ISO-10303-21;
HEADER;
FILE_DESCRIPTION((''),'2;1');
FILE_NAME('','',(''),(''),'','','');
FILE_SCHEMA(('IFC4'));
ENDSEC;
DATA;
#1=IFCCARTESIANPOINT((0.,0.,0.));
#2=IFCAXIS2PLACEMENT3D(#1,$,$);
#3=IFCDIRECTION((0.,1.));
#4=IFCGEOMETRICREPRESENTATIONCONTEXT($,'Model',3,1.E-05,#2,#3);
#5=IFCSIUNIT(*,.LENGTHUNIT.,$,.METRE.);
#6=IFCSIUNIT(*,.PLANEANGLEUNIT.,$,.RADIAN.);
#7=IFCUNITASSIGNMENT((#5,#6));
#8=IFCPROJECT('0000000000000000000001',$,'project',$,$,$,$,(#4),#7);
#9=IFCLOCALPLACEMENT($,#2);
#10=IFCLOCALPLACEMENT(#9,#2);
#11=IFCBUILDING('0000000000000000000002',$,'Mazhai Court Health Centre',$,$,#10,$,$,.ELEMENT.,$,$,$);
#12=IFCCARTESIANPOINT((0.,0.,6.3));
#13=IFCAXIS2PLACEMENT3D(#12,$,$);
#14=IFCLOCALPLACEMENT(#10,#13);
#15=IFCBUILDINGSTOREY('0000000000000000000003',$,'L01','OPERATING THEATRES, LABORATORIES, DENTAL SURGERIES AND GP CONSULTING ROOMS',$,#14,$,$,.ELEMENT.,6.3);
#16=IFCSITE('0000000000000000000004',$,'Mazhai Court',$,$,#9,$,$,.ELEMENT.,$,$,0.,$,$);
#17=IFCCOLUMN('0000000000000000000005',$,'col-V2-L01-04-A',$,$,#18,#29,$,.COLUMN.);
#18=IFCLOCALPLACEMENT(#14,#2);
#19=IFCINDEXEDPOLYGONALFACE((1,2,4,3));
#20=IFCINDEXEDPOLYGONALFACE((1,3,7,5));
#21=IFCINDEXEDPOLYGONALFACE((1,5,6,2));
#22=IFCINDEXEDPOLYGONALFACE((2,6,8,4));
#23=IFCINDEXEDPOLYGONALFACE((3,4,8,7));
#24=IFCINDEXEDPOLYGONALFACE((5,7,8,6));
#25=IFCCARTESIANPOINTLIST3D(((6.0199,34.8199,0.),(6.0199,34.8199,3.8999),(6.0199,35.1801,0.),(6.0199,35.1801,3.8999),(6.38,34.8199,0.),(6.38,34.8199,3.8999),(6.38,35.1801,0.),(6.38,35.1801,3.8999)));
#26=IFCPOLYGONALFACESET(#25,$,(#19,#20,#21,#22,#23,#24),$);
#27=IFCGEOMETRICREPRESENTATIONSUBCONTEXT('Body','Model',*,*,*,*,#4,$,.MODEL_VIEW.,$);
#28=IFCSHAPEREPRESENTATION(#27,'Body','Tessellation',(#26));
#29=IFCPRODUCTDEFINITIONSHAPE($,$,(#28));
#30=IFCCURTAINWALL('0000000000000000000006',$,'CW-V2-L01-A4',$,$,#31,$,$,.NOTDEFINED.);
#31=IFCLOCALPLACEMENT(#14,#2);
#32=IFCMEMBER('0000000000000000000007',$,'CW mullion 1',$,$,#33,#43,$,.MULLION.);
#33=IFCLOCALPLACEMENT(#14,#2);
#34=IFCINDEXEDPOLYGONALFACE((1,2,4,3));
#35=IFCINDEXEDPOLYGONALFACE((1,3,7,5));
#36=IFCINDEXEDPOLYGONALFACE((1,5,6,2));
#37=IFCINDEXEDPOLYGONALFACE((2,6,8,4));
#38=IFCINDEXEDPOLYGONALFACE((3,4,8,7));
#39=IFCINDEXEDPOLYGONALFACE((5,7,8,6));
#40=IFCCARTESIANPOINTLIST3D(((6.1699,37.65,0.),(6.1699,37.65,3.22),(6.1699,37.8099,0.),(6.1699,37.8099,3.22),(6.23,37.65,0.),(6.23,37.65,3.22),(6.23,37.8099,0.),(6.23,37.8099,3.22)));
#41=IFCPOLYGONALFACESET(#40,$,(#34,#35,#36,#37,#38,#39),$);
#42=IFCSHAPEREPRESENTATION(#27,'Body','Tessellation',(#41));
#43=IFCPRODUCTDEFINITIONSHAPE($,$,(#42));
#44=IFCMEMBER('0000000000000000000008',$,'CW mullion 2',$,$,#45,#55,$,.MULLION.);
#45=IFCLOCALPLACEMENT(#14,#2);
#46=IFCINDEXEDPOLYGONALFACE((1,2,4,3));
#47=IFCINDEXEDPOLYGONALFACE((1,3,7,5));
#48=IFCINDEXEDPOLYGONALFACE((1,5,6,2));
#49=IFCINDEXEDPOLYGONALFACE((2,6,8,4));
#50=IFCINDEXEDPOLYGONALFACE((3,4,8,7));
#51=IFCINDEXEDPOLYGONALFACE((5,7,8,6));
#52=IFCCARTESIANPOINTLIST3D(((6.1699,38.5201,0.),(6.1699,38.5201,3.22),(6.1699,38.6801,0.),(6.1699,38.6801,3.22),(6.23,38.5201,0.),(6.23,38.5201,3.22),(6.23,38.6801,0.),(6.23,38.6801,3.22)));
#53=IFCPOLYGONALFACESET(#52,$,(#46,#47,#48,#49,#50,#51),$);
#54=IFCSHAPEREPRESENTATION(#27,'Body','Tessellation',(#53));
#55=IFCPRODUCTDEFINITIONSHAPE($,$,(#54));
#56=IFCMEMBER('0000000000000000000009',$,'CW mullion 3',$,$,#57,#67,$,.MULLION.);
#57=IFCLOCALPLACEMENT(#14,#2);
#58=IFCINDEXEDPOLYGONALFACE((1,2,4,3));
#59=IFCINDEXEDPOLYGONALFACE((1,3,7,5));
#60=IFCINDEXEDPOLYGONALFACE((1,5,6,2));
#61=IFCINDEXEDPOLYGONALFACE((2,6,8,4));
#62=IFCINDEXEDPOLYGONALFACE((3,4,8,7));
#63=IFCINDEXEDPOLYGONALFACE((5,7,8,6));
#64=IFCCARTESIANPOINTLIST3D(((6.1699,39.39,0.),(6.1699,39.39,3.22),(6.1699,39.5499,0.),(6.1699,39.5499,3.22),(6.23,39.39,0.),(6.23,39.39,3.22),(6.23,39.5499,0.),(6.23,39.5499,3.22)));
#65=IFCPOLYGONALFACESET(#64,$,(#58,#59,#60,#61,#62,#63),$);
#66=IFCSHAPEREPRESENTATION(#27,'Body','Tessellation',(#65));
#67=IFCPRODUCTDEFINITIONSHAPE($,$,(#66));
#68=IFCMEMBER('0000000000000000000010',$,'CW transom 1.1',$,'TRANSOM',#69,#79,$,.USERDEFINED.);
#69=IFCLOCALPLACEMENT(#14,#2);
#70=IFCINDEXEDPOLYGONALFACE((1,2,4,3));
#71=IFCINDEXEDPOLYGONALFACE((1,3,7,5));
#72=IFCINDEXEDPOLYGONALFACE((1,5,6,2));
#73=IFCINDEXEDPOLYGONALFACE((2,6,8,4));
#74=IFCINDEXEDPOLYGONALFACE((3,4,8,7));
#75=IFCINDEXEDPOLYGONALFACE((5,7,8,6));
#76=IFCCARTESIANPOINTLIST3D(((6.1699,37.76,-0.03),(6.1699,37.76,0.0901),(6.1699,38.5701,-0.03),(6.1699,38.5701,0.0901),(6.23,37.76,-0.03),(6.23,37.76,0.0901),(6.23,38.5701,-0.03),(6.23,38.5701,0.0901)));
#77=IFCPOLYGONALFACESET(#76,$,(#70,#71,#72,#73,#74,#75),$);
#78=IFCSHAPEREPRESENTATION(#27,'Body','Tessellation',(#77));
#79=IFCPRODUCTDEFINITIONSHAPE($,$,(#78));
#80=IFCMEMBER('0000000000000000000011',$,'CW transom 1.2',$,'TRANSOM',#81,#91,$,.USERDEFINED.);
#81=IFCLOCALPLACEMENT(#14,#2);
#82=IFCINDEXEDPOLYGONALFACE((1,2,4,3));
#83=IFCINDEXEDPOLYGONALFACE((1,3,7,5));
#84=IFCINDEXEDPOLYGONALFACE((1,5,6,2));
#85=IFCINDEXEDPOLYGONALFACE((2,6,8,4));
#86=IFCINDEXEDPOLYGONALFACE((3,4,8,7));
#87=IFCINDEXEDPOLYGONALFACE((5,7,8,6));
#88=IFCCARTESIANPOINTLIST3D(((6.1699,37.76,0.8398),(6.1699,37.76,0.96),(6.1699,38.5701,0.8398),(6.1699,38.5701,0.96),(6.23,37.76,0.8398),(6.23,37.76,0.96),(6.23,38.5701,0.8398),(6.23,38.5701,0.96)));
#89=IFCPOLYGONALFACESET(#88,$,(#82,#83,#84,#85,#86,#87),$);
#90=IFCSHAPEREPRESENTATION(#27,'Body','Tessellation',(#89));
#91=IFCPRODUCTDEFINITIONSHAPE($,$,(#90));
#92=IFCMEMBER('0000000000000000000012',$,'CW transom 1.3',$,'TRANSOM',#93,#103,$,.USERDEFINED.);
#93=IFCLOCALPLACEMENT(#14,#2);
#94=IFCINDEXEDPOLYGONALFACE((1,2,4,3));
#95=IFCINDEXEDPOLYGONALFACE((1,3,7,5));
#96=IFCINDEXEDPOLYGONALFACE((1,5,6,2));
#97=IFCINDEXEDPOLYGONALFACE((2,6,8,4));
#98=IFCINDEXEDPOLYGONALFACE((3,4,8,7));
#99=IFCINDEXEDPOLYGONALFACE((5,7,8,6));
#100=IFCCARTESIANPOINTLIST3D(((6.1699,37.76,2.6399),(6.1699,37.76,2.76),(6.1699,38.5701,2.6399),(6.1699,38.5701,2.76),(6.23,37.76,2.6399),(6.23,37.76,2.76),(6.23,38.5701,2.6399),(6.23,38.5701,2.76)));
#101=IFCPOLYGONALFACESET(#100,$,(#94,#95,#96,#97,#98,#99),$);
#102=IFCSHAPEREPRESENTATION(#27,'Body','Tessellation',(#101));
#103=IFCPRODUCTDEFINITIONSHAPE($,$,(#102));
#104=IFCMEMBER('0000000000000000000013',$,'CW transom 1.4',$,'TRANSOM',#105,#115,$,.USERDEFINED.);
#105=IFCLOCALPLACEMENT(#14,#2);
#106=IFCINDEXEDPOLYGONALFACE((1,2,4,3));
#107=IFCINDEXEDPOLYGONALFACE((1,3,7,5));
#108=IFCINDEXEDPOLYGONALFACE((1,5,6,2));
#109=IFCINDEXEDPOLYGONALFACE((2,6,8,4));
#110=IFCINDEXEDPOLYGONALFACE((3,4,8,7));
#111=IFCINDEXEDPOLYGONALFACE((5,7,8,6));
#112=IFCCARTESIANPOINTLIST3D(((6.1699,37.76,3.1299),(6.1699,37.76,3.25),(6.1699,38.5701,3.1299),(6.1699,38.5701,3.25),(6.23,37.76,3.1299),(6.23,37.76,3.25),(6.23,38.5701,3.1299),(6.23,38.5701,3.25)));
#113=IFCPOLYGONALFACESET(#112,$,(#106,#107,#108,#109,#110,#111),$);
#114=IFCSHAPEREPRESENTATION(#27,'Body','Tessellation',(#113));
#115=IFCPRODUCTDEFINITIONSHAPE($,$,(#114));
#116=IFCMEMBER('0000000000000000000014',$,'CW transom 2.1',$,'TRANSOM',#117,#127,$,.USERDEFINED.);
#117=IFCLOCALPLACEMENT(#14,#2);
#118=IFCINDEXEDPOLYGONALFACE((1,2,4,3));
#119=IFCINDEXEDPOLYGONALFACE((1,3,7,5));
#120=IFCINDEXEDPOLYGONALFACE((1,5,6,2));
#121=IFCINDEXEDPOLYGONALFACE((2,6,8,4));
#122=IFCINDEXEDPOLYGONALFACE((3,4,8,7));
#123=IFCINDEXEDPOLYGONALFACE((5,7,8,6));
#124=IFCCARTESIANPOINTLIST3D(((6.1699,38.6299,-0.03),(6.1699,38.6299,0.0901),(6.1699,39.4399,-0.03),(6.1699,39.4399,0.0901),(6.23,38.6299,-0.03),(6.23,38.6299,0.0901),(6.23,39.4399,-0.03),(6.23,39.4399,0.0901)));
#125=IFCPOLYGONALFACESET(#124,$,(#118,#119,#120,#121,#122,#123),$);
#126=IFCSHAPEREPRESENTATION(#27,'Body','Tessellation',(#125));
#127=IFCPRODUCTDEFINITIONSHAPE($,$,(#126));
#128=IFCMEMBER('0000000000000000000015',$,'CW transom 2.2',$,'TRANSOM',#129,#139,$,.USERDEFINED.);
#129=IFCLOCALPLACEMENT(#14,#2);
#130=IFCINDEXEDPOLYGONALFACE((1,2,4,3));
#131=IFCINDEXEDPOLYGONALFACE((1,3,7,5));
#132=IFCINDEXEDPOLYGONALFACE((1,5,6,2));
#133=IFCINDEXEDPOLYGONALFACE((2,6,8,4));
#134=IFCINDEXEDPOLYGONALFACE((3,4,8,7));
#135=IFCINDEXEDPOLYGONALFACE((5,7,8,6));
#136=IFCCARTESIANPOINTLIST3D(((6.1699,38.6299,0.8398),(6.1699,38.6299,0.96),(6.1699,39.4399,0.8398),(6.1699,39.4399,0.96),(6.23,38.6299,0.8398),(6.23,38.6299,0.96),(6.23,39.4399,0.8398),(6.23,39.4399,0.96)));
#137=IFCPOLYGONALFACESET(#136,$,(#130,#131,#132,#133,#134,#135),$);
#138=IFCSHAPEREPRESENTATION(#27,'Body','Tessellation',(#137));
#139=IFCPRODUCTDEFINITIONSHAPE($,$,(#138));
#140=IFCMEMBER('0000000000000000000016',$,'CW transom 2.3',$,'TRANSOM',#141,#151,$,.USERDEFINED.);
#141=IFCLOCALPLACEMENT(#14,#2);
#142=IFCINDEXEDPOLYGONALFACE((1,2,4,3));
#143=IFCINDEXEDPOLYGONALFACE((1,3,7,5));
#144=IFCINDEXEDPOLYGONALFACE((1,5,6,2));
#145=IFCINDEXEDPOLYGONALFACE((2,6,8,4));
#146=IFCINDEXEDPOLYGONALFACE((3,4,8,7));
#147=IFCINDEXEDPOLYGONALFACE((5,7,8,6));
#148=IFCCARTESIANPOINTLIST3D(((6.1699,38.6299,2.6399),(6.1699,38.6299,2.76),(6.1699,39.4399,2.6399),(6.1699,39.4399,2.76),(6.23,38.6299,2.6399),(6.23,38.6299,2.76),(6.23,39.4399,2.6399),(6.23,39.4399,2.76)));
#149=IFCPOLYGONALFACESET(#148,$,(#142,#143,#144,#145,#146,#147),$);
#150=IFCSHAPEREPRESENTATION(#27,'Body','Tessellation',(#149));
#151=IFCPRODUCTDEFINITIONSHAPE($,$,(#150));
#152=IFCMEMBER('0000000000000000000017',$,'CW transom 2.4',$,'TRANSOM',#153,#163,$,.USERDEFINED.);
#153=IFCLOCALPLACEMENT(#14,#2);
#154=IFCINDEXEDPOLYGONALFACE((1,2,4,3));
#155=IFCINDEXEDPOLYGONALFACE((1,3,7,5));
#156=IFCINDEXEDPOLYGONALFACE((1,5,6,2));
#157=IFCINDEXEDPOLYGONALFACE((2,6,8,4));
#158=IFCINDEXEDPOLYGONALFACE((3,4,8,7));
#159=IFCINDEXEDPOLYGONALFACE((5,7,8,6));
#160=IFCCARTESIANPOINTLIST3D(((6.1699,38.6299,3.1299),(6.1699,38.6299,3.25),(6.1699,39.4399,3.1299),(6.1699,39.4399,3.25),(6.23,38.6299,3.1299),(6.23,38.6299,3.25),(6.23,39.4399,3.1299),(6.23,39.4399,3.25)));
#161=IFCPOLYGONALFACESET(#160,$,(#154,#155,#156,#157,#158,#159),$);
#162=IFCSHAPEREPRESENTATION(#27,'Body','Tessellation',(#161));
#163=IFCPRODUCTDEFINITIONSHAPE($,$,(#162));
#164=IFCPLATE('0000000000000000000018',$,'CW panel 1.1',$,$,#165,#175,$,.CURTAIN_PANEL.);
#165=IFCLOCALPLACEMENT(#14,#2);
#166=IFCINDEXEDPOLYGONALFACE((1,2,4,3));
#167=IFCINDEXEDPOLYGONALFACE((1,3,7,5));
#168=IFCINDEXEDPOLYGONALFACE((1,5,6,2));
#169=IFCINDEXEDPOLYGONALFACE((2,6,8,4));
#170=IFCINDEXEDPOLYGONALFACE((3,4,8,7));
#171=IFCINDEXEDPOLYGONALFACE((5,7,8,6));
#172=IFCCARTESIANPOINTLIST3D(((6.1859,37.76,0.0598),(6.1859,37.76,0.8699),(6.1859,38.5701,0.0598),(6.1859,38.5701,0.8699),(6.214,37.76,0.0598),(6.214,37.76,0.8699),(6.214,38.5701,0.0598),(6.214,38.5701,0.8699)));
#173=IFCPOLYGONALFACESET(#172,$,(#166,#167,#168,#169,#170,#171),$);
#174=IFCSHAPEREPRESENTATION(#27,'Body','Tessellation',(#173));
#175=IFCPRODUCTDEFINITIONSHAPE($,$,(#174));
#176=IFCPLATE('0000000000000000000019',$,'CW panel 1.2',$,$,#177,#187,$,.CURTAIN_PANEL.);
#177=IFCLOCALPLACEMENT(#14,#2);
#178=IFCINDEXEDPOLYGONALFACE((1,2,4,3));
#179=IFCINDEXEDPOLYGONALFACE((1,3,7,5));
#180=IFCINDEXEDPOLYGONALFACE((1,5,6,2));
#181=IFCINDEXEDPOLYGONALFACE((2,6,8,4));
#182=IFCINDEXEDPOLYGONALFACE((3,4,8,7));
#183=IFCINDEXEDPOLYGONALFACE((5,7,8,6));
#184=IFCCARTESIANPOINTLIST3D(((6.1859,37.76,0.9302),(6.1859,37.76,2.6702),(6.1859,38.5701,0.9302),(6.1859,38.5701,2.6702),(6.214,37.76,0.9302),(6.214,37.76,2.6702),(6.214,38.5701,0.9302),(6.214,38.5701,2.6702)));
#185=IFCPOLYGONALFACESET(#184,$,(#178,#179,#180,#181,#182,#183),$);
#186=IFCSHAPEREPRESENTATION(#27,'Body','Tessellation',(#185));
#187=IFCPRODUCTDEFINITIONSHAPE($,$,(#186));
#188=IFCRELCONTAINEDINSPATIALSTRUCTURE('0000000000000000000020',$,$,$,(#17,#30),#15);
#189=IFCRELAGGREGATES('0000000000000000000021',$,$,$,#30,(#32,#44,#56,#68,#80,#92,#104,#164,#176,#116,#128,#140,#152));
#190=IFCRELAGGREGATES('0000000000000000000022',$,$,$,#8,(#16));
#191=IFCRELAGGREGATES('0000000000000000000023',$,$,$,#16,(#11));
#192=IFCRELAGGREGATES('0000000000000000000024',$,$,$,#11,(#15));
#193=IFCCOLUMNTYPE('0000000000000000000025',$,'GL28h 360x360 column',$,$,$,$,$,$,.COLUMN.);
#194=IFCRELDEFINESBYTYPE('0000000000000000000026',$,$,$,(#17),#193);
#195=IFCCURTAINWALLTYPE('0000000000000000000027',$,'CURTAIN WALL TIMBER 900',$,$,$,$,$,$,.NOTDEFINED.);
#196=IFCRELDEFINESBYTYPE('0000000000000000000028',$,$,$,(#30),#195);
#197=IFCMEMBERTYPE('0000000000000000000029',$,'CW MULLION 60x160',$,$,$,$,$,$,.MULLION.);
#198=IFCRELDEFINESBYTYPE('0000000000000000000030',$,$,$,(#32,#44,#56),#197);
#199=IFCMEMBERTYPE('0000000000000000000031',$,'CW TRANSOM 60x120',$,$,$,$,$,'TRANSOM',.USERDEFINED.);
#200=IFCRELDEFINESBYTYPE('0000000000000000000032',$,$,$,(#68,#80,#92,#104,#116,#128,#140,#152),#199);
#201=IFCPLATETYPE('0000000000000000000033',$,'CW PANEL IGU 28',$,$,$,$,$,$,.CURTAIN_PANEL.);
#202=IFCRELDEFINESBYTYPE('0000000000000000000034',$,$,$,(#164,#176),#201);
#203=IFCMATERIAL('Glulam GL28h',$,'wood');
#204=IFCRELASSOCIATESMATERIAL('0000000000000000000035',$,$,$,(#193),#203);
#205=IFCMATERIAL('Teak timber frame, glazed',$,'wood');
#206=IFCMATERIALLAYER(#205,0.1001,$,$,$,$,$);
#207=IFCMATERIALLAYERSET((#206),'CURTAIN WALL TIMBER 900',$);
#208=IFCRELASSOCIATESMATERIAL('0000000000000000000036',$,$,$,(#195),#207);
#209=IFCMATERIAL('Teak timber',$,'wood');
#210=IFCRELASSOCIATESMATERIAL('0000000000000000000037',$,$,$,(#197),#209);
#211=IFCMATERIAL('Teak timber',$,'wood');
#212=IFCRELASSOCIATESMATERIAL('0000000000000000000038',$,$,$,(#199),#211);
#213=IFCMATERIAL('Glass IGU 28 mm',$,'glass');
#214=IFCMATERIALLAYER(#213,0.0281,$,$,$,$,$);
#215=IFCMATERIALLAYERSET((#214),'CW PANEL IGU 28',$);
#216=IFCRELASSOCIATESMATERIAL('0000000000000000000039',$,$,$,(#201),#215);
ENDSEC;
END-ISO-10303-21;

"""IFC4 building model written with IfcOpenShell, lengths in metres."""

from ifc_helpers import new_model, si_unit, direction, frame, origin, origin_2d, place, context, subcontext, project, spatial, rectangle, extrude, material, layer, layer_set, material_profile, profile_set, type_object, element, aggregate, save


model = new_model("IFC4")

# Units and contexts
model_context = context("Model", 3, precision=1e-05, world=origin(), true_north=direction((0.0, 1.0)))
body_context = subcontext(model_context, "Body", "Model", "MODEL_VIEW")
ifc_project = project(units=[si_unit("LENGTHUNIT", "METRE"), si_unit("PLANEANGLEUNIT", "RADIAN")], contexts=[model_context])

# Site, building, storey
site_placement = place(None, origin())
site = spatial("IfcSite", under=ifc_project, at=site_placement, Name="Mazhai Court", CompositionType="ELEMENT", RefElevation=0.0)
building_placement = place(site_placement, origin())
building = spatial("IfcBuilding", under=site, at=building_placement, Name="Mazhai Court Health Centre", CompositionType="ELEMENT")
storey_placement = place(building_placement, frame((0.0, 0.0, 6.3)))
storey = spatial("IfcBuildingStorey", under=building, at=storey_placement, Name="L01", Description="OPERATING THEATRES, LABORATORIES, DENTAL SURGERIES AND GP CONSULTING ROOMS", CompositionType="ELEMENT", Elevation=6.3)

# Column
ifc_material_1 = material(Name="Glulam GL28h", Category="wood")
ifc_material_profile_1 = material_profile(ifc_material_1, rectangle(XDim=0.3601, YDim=0.3601, at=origin_2d()), Name="GL28h 360x360")
ifc_profile_set_1 = profile_set([ifc_material_profile_1], Name="Glulam GL28h")
column_type = type_object("IfcColumnType", Name="GL28h 360x360 column", PredefinedType="COLUMN", material=ifc_profile_set_1)
column_placement = place(storey_placement, frame((6.2, 35.0, 0.0), z_axis=(0.0, 0.0, 1.0), x_axis=(1.0, 0.0, 0.0)))
element("IfcColumn", 1, at=column_placement, inside=storey, type_object=column_type, Name="col-V2-L01-04-A", PredefinedType="COLUMN", context=body_context, shape_type="SweptSolid", body=[
    extrude(rectangle(XDim=0.3601, YDim=0.3601, at=origin_2d()), origin(), (0.0, 0.0, 1.0), 3.8999),
])

# Curtain wall, members, plates
ifc_material_2 = material(Name="Teak timber frame, glazed", Category="wood")
ifc_layer_1 = layer(ifc_material_2, 0.1001)
ifc_layer_set_1 = layer_set([ifc_layer_1], Name="CURTAIN WALL TIMBER 900")
curtain_wall_type = type_object("IfcCurtainWallType", Name="CURTAIN WALL TIMBER 900", PredefinedType="NOTDEFINED", material=ifc_layer_set_1)
curtain_wall_placement = place(storey_placement, origin())
curtain_wall = element("IfcCurtainWall", 2, at=curtain_wall_placement, inside=storey, type_object=curtain_wall_type, Name="CW-V2-L01-A4", PredefinedType="NOTDEFINED")
ifc_material_3 = material(Name="Teak timber", Category="wood")
ifc_material_profile_2 = material_profile(ifc_material_3, rectangle(XDim=0.0601, YDim=0.1599, at=origin_2d()), Name="CW MULLION 60x160")
ifc_profile_set_2 = profile_set([ifc_material_profile_2], Name="Teak timber")
member_type_1 = type_object("IfcMemberType", Name="CW MULLION 60x160", PredefinedType="MULLION", material=ifc_profile_set_2)
member_1_placement = place(storey_placement, frame((6.2, 37.73, 0.0), z_axis=(0.0, 0.0, 1.0), x_axis=(-1.0, 0.0, 0.0)))
member_1 = element("IfcMember", 3, at=member_1_placement, type_object=member_type_1, Name="CW mullion 1", PredefinedType="MULLION", context=body_context, shape_type="SweptSolid", body=[
    extrude(rectangle(XDim=0.0601, YDim=0.1599, at=origin_2d()), origin(), (0.0, 0.0, 1.0), 3.22),
])
member_2_placement = place(storey_placement, frame((6.2, 38.6001, 0.0), z_axis=(0.0, 0.0, 1.0), x_axis=(-1.0, 0.0, 0.0)))
member_2 = element("IfcMember", 4, at=member_2_placement, type_object=member_type_1, Name="CW mullion 2", PredefinedType="MULLION", context=body_context, shape_type="SweptSolid", body=[
    extrude(rectangle(XDim=0.0601, YDim=0.1599, at=origin_2d()), origin(), (0.0, 0.0, 1.0), 3.22),
])
member_3_placement = place(storey_placement, frame((6.2, 39.47, 0.0), z_axis=(0.0, 0.0, 1.0), x_axis=(-1.0, 0.0, 0.0)))
member_3 = element("IfcMember", 5, at=member_3_placement, type_object=member_type_1, Name="CW mullion 3", PredefinedType="MULLION", context=body_context, shape_type="SweptSolid", body=[
    extrude(rectangle(XDim=0.0601, YDim=0.1599, at=origin_2d()), origin(), (0.0, 0.0, 1.0), 3.22),
])
ifc_material_4 = material(Name="Teak timber", Category="wood")
ifc_material_profile_3 = material_profile(ifc_material_4, rectangle(XDim=0.0601, YDim=0.1201, at=origin_2d()), Name="CW TRANSOM 60x120")
ifc_profile_set_3 = profile_set([ifc_material_profile_3], Name="Teak timber")
member_type_2 = type_object("IfcMemberType", Name="CW TRANSOM 60x120", ElementType="TRANSOM", PredefinedType="USERDEFINED", material=ifc_profile_set_3)
member_4_placement = place(storey_placement, frame((6.2, 37.76, 0.03), z_axis=(0.0, 1.0, 0.0), x_axis=(-1.0, 0.0, 0.0)))
member_4 = element("IfcMember", 6, at=member_4_placement, type_object=member_type_2, Name="CW transom 1.1", ObjectType="TRANSOM", PredefinedType="USERDEFINED", context=body_context, shape_type="SweptSolid", body=[
    extrude(rectangle(XDim=0.0601, YDim=0.1201, at=origin_2d()), origin(), (0.0, 0.0, 1.0), 0.8101),
])
member_5_placement = place(storey_placement, frame((6.2, 37.76, 0.8999), z_axis=(0.0, 1.0, 0.0), x_axis=(-1.0, 0.0, 0.0)))
member_5 = element("IfcMember", 7, at=member_5_placement, type_object=member_type_2, Name="CW transom 1.2", ObjectType="TRANSOM", PredefinedType="USERDEFINED", context=body_context, shape_type="SweptSolid", body=[
    extrude(rectangle(XDim=0.0601, YDim=0.1201, at=origin_2d()), origin(), (0.0, 0.0, 1.0), 0.8101),
])
member_6_placement = place(storey_placement, frame((6.2, 37.76, 2.7), z_axis=(0.0, 1.0, 0.0), x_axis=(-1.0, 0.0, 0.0)))
member_6 = element("IfcMember", 8, at=member_6_placement, type_object=member_type_2, Name="CW transom 1.3", ObjectType="TRANSOM", PredefinedType="USERDEFINED", context=body_context, shape_type="SweptSolid", body=[
    extrude(rectangle(XDim=0.0601, YDim=0.1201, at=origin_2d()), origin(), (0.0, 0.0, 1.0), 0.8101),
])
member_7_placement = place(storey_placement, frame((6.2, 37.76, 3.1899), z_axis=(0.0, 1.0, 0.0), x_axis=(-1.0, 0.0, 0.0)))
member_7 = element("IfcMember", 9, at=member_7_placement, type_object=member_type_2, Name="CW transom 1.4", ObjectType="TRANSOM", PredefinedType="USERDEFINED", context=body_context, shape_type="SweptSolid", body=[
    extrude(rectangle(XDim=0.0601, YDim=0.1201, at=origin_2d()), origin(), (0.0, 0.0, 1.0), 0.8101),
])
member_8_placement = place(storey_placement, frame((6.2, 38.6299, 0.03), z_axis=(0.0, 1.0, 0.0), x_axis=(-1.0, 0.0, 0.0)))
member_8 = element("IfcMember", 10, at=member_8_placement, type_object=member_type_2, Name="CW transom 2.1", ObjectType="TRANSOM", PredefinedType="USERDEFINED", context=body_context, shape_type="SweptSolid", body=[
    extrude(rectangle(XDim=0.0601, YDim=0.1201, at=origin_2d()), origin(), (0.0, 0.0, 1.0), 0.8101),
])
member_9_placement = place(storey_placement, frame((6.2, 38.6299, 0.8999), z_axis=(0.0, 1.0, 0.0), x_axis=(-1.0, 0.0, 0.0)))
member_9 = element("IfcMember", 11, at=member_9_placement, type_object=member_type_2, Name="CW transom 2.2", ObjectType="TRANSOM", PredefinedType="USERDEFINED", context=body_context, shape_type="SweptSolid", body=[
    extrude(rectangle(XDim=0.0601, YDim=0.1201, at=origin_2d()), origin(), (0.0, 0.0, 1.0), 0.8101),
])
member_10_placement = place(storey_placement, frame((6.2, 38.6299, 2.7), z_axis=(0.0, 1.0, 0.0), x_axis=(-1.0, 0.0, 0.0)))
member_10 = element("IfcMember", 12, at=member_10_placement, type_object=member_type_2, Name="CW transom 2.3", ObjectType="TRANSOM", PredefinedType="USERDEFINED", context=body_context, shape_type="SweptSolid", body=[
    extrude(rectangle(XDim=0.0601, YDim=0.1201, at=origin_2d()), origin(), (0.0, 0.0, 1.0), 0.8101),
])
member_11_placement = place(storey_placement, frame((6.2, 38.6299, 3.1899), z_axis=(0.0, 1.0, 0.0), x_axis=(-1.0, 0.0, 0.0)))
member_11 = element("IfcMember", 13, at=member_11_placement, type_object=member_type_2, Name="CW transom 2.4", ObjectType="TRANSOM", PredefinedType="USERDEFINED", context=body_context, shape_type="SweptSolid", body=[
    extrude(rectangle(XDim=0.0601, YDim=0.1201, at=origin_2d()), origin(), (0.0, 0.0, 1.0), 0.8101),
])
ifc_material_5 = material(Name="Glass IGU 28 mm", Category="glass")
ifc_layer_2 = layer(ifc_material_5, 0.0281)
ifc_layer_set_2 = layer_set([ifc_layer_2], Name="CW PANEL IGU 28")
plate_type = type_object("IfcPlateType", Name="CW PANEL IGU 28", PredefinedType="CURTAIN_PANEL", material=ifc_layer_set_2)
plate_1_placement = place(storey_placement, frame((6.2, 38.165, 0.0598), z_axis=(0.0, 0.0, 1.0), x_axis=(0.0, 1.0, 0.0)))
plate_1 = element("IfcPlate", 14, at=plate_1_placement, type_object=plate_type, Name="CW panel 1.1", PredefinedType="CURTAIN_PANEL", context=body_context, shape_type="SweptSolid", body=[
    extrude(rectangle(XDim=0.8101, YDim=0.0281, at=origin_2d()), origin(), (0.0, 0.0, 1.0), 0.8101),
])
plate_2_placement = place(storey_placement, frame((6.2, 38.165, 0.9302), z_axis=(0.0, 0.0, 1.0), x_axis=(0.0, 1.0, 0.0)))
plate_2 = element("IfcPlate", 15, at=plate_2_placement, type_object=plate_type, Name="CW panel 1.2", PredefinedType="CURTAIN_PANEL", context=body_context, shape_type="SweptSolid", body=[
    extrude(rectangle(XDim=0.8101, YDim=0.0281, at=origin_2d()), origin(), (0.0, 0.0, 1.0), 1.74),
])
aggregate(curtain_wall, [member_1, member_2, member_3, member_4, member_5, member_6, member_7, plate_1, plate_2, member_8, member_9, member_10, member_11])

save(model, "model.ifc")
